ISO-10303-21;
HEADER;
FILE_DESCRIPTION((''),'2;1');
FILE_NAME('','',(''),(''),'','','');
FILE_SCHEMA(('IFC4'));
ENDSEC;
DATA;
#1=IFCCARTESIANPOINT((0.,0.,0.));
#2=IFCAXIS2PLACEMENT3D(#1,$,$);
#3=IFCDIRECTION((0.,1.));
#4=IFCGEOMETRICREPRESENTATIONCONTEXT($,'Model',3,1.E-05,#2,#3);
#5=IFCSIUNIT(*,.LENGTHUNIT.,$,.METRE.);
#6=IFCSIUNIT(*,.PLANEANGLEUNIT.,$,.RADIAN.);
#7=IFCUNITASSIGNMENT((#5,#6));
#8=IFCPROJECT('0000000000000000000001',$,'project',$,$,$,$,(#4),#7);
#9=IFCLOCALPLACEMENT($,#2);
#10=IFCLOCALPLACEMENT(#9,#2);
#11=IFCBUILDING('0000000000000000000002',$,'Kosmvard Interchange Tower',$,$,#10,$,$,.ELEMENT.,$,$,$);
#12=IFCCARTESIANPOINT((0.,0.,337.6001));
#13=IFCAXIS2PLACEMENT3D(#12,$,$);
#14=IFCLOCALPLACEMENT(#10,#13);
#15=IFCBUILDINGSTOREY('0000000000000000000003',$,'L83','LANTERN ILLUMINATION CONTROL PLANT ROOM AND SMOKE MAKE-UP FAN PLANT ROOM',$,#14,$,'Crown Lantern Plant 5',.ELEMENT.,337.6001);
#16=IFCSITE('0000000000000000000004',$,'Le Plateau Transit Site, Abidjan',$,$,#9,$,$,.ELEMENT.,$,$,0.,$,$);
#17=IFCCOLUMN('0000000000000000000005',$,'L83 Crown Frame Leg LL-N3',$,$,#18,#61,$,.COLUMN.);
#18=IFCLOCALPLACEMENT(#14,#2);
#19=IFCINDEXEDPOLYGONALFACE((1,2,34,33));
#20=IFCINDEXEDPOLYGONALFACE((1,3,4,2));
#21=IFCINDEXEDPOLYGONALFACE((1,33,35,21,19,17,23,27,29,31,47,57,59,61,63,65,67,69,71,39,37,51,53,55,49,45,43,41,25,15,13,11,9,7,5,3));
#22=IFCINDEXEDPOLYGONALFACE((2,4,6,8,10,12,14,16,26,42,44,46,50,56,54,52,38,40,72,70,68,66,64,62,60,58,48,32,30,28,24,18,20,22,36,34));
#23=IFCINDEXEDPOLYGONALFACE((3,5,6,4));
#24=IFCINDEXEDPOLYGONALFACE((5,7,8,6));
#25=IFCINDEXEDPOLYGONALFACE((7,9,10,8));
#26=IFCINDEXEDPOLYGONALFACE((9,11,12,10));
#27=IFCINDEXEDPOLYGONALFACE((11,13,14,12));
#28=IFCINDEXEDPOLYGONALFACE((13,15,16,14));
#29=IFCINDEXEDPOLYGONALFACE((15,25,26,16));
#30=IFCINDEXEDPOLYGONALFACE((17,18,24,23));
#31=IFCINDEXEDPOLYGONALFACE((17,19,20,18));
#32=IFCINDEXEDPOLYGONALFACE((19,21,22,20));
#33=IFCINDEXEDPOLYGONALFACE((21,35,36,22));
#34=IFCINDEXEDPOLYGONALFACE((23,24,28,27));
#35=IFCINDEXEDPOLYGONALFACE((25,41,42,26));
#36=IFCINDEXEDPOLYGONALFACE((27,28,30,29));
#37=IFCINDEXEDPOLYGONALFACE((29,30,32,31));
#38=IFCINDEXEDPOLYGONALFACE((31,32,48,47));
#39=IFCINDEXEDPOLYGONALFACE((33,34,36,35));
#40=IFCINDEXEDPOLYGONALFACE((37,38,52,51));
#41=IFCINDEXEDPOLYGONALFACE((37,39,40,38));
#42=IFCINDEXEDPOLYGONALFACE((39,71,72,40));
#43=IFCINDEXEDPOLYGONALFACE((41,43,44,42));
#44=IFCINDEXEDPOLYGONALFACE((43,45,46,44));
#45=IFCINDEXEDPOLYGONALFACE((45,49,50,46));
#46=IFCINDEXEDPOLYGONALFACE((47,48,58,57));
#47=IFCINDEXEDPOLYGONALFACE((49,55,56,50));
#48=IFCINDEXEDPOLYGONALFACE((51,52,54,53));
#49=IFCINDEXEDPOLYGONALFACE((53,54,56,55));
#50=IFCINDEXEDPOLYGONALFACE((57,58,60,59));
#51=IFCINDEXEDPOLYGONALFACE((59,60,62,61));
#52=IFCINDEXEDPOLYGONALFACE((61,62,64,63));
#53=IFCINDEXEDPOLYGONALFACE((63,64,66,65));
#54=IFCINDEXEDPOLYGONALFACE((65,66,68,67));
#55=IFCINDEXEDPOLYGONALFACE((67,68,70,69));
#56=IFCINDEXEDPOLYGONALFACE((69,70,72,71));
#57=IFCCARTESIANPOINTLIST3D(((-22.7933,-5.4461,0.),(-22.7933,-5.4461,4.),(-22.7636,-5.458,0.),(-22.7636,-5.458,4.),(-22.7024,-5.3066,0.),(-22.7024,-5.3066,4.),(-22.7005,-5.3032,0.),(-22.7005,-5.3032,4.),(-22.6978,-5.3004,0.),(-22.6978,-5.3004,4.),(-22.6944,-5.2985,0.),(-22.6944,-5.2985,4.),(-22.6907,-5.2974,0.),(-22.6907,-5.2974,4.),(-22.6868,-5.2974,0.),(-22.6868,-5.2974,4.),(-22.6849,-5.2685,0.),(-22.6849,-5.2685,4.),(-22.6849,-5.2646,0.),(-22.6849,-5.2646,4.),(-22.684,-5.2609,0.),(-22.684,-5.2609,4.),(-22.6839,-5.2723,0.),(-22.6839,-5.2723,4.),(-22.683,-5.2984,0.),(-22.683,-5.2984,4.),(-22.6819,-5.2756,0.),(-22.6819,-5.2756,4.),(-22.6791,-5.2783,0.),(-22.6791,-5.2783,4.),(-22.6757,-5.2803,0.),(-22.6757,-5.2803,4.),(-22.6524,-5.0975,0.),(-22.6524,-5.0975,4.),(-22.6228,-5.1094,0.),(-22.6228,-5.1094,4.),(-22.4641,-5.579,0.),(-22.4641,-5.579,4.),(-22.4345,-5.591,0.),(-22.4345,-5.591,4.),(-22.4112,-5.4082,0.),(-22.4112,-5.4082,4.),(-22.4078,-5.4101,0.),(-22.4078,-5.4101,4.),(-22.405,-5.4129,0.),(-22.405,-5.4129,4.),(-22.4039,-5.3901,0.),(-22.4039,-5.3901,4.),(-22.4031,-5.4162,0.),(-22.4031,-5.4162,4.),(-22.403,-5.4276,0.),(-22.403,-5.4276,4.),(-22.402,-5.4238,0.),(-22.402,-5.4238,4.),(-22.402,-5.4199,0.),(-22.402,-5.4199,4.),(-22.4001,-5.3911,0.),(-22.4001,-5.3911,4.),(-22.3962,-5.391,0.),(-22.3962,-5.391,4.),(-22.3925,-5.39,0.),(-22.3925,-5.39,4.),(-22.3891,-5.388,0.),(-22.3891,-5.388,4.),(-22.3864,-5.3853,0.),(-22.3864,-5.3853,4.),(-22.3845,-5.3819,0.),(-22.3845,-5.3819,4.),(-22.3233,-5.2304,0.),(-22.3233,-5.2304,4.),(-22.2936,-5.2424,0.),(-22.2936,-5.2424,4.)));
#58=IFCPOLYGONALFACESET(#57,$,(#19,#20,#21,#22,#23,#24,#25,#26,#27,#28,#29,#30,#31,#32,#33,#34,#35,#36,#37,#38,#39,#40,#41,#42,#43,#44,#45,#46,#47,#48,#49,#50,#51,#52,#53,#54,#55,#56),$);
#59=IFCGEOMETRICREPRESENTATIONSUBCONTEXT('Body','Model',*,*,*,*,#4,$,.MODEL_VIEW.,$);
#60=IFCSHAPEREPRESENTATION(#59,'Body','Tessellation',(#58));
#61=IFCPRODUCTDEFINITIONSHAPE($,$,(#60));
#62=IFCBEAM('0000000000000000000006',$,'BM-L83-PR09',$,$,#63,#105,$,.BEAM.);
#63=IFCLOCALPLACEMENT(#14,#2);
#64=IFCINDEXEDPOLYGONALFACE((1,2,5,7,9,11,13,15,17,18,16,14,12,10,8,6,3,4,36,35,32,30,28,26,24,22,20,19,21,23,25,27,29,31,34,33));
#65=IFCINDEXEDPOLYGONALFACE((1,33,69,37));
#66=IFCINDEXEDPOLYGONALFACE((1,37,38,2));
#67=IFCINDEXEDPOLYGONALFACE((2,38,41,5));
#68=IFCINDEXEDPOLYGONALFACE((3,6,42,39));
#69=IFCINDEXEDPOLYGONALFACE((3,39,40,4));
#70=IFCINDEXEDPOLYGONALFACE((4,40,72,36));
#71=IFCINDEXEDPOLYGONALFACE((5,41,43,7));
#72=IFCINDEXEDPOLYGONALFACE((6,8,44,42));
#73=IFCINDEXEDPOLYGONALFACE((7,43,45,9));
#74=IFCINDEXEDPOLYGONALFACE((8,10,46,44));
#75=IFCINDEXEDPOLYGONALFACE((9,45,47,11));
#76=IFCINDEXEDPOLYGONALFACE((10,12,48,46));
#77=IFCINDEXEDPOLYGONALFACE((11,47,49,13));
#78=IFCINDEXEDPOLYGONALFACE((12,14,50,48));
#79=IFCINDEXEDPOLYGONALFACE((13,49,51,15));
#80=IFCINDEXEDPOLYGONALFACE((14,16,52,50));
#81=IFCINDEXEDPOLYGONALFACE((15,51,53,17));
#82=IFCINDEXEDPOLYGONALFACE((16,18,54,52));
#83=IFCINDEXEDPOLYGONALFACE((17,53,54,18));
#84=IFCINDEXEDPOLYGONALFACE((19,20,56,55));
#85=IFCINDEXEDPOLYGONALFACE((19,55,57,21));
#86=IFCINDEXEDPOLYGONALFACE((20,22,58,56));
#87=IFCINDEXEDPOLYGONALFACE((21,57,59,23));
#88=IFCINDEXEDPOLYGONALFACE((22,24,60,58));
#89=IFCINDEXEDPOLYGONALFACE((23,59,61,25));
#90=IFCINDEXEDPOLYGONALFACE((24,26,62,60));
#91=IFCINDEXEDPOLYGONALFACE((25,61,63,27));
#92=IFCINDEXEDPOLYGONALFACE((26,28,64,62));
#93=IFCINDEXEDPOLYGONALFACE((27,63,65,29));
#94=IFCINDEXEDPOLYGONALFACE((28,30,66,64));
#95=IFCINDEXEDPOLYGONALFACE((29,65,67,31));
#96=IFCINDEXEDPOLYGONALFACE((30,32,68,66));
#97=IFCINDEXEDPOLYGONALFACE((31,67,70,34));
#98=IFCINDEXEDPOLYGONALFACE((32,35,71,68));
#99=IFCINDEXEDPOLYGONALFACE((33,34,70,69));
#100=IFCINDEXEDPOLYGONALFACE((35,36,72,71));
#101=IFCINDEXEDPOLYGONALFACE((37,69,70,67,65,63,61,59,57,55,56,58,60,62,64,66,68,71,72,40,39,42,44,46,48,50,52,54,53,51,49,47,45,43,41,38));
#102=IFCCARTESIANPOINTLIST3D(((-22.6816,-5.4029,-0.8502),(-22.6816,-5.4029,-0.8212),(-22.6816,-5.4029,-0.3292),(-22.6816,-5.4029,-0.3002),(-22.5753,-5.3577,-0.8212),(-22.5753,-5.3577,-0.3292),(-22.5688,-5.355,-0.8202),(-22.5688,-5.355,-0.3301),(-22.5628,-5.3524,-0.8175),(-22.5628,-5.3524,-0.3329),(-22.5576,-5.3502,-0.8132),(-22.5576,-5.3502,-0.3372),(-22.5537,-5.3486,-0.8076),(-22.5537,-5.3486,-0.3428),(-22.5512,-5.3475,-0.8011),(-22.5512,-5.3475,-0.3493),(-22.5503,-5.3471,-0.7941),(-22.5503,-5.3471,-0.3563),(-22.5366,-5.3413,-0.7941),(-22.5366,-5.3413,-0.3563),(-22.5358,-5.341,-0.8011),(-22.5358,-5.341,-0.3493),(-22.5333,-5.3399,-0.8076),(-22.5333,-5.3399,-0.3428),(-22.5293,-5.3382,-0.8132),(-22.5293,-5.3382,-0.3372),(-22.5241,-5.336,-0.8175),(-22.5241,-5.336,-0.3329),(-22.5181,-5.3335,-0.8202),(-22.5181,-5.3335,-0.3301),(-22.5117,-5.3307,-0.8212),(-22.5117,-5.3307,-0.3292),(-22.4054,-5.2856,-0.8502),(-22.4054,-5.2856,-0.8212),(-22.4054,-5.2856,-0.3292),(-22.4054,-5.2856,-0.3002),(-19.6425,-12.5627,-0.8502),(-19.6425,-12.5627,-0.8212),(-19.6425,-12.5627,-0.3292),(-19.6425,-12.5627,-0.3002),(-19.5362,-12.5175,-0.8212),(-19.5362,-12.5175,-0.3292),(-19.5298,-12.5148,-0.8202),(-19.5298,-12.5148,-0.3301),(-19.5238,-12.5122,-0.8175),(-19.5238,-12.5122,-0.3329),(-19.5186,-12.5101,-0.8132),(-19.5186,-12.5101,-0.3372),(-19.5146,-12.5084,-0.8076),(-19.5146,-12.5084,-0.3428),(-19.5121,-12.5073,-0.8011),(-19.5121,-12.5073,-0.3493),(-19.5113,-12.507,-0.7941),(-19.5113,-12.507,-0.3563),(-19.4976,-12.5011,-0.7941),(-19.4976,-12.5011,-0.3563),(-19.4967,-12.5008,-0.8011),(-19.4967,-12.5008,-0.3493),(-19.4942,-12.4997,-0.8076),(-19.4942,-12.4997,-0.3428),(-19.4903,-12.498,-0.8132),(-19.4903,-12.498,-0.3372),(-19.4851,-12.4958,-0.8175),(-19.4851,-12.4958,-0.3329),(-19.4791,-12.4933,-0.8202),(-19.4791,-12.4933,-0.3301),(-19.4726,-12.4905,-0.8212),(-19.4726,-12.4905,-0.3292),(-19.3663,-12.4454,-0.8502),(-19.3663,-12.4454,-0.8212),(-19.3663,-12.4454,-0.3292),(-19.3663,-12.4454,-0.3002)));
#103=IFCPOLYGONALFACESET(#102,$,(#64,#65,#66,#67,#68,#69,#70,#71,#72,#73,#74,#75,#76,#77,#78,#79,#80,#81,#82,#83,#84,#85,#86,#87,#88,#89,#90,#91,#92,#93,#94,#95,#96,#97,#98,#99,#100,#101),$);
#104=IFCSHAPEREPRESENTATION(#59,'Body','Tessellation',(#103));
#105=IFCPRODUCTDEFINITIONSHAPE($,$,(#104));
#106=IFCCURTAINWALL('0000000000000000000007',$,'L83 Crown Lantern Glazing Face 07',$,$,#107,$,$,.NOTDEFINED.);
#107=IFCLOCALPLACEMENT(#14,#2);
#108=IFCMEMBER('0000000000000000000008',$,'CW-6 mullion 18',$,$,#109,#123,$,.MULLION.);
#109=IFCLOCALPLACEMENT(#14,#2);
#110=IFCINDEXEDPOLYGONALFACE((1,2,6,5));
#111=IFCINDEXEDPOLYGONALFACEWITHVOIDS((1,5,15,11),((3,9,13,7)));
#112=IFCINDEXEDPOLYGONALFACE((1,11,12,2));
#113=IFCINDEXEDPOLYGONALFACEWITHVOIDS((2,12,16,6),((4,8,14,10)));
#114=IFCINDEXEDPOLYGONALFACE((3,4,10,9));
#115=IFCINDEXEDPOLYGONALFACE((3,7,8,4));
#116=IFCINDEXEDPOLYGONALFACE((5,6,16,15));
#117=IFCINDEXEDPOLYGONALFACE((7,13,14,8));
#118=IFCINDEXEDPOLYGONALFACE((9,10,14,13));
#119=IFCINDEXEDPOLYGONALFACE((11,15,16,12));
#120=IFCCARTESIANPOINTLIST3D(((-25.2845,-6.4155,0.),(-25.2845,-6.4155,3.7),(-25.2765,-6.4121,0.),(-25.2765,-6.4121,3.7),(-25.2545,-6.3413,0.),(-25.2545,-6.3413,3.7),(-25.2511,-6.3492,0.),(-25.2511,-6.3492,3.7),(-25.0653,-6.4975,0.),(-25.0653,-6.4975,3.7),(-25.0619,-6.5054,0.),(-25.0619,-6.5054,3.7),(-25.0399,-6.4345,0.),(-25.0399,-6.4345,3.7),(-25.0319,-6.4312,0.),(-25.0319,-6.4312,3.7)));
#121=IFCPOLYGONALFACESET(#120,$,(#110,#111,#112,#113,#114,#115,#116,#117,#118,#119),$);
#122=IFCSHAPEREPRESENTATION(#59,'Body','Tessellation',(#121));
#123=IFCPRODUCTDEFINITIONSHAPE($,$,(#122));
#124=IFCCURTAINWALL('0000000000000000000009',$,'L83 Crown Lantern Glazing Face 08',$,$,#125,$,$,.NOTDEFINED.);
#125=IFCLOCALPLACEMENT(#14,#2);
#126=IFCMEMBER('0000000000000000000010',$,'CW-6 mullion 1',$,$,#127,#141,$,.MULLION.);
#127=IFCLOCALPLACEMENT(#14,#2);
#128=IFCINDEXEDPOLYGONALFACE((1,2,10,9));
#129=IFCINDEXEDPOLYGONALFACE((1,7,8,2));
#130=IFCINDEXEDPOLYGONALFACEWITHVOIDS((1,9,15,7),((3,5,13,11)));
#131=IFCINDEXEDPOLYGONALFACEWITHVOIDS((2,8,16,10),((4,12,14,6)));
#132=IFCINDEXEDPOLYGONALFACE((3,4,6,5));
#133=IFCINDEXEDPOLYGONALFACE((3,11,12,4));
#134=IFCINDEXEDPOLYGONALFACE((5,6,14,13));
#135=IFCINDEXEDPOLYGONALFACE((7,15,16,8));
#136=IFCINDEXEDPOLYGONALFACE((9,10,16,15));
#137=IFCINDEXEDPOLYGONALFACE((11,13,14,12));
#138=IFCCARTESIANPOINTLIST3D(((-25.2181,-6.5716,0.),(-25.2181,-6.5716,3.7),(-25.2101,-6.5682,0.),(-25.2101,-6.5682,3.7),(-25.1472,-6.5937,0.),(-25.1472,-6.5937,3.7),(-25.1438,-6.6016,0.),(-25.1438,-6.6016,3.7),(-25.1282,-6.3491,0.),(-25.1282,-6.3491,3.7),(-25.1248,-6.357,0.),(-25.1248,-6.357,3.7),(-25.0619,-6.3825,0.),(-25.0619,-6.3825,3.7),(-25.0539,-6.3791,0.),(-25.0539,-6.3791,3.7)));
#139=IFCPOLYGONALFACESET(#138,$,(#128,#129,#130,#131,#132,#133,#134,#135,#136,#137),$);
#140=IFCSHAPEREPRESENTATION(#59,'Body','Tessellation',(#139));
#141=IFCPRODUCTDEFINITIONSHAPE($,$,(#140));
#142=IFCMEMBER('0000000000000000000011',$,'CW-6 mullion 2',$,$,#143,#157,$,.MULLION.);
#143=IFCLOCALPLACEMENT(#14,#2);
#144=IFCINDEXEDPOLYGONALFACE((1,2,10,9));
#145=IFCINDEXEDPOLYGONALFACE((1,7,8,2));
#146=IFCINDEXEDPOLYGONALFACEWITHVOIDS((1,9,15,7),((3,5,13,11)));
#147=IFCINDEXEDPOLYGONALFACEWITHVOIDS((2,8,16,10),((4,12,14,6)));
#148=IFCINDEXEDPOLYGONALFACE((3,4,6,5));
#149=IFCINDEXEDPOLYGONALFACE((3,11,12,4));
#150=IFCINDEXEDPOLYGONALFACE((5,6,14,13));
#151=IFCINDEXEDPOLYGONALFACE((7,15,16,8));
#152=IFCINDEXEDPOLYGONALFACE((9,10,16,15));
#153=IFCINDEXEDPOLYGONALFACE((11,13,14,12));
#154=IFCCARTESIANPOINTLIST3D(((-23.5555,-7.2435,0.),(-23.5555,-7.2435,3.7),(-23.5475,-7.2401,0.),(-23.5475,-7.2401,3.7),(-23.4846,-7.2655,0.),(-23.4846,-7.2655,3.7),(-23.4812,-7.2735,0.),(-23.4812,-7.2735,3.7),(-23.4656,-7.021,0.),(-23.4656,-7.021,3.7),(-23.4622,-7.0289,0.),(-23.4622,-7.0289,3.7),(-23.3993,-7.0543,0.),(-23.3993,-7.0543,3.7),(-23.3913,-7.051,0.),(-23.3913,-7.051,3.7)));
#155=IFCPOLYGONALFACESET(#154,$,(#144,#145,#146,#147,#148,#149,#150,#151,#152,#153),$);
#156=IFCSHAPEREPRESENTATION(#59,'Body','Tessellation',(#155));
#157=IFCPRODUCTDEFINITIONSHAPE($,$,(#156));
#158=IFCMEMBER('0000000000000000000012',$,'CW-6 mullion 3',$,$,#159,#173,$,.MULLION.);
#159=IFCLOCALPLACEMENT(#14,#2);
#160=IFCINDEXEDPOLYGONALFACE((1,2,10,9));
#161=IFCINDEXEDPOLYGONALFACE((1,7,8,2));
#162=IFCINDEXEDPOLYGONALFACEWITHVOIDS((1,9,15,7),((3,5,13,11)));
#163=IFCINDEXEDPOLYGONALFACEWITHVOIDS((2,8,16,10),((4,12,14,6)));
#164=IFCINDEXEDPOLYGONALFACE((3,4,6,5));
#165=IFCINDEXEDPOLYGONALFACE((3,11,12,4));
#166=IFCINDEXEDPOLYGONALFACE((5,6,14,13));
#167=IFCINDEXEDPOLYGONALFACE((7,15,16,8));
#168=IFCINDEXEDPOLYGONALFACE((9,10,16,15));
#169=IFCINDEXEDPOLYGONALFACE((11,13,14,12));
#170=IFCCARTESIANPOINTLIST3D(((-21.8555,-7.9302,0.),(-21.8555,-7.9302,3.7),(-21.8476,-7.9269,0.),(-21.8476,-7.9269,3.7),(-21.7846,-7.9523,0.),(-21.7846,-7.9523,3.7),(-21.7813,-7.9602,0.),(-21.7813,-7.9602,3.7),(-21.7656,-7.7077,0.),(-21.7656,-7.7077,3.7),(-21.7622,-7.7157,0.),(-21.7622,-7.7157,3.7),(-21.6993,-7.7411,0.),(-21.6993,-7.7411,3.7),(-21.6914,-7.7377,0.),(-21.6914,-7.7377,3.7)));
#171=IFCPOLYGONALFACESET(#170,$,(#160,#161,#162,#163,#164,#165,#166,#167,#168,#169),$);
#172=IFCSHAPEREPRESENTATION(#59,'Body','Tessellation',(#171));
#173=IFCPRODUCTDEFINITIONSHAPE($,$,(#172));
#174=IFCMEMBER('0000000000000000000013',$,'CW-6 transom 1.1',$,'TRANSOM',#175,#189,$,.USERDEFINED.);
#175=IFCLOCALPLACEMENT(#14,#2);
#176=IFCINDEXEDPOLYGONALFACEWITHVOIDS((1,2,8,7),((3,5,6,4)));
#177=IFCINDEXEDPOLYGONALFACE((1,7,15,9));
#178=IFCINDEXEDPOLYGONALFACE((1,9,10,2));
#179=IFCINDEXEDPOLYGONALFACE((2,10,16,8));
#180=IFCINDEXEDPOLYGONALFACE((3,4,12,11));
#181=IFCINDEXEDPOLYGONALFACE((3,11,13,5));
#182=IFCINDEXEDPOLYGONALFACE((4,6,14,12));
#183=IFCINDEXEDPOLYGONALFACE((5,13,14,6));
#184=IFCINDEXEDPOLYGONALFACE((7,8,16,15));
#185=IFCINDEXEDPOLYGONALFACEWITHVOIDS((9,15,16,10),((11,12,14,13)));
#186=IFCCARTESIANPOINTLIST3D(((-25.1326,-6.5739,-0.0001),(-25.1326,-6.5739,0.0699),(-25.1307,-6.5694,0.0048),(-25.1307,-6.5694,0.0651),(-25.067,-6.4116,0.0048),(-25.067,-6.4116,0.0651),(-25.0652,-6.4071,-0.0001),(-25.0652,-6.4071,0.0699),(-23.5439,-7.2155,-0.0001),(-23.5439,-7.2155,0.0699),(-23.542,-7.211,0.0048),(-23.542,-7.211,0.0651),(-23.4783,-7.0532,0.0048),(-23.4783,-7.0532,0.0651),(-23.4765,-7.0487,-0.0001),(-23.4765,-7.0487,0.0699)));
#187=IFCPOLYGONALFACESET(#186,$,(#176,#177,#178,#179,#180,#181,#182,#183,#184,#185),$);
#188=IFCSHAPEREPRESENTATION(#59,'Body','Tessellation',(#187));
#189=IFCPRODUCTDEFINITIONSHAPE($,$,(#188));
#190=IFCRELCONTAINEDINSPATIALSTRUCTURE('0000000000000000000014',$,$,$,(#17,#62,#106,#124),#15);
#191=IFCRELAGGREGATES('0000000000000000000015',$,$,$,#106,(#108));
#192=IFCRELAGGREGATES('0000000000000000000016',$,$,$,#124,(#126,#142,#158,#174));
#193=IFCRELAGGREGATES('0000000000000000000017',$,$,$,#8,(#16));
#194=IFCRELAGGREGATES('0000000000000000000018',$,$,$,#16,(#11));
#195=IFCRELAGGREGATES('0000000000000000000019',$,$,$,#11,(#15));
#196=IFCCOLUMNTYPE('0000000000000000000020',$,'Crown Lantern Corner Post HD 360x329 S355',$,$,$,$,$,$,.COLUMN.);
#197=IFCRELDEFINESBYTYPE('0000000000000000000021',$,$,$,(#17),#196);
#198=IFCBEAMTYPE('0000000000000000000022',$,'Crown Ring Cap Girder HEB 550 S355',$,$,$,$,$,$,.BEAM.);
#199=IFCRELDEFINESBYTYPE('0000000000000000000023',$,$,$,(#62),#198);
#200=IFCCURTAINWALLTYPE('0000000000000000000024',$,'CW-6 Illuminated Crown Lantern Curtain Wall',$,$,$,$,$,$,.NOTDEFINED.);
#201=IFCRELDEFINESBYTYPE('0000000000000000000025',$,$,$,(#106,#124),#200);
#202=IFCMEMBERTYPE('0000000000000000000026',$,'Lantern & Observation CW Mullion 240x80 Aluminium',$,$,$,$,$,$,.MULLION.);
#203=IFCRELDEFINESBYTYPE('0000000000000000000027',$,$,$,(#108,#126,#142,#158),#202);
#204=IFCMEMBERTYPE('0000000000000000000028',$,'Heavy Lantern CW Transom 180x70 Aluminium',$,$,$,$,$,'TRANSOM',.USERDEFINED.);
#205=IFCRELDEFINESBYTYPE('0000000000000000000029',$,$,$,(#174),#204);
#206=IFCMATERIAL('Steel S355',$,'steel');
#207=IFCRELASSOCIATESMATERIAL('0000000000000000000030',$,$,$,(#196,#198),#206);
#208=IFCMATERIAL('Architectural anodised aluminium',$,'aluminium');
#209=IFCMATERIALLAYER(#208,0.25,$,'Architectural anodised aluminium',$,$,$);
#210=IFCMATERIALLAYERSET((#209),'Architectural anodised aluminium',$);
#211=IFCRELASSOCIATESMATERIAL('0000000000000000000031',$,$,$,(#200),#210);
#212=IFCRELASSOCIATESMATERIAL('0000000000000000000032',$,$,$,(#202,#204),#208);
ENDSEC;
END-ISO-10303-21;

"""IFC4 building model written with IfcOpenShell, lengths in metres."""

from ifc_helpers import new_model, si_unit, direction, frame, origin, origin_2d, place, context, subcontext, project, spatial, hollow_rectangle, i_section, extrude, source, transform, mapped, material, layer, layer_set, material_profile, profile_set, type_object, element, aggregate, save


model = new_model("IFC4")

# Units and contexts
model_context = context("Model", 3, precision=1e-05, world=origin(), true_north=direction((0.0, 1.0)))
body_context = subcontext(model_context, "Body", "Model", "MODEL_VIEW")
ifc_project = project(units=[si_unit("LENGTHUNIT", "METRE"), si_unit("PLANEANGLEUNIT", "RADIAN")], contexts=[model_context])

# Site, building, storey
site_placement = place(None, origin())
site = spatial("IfcSite", under=ifc_project, at=site_placement, Name="Le Plateau Transit Site, Abidjan", CompositionType="ELEMENT", RefElevation=0.0)
building_placement = place(site_placement, origin())
building = spatial("IfcBuilding", under=site, at=building_placement, Name="Kosmvard Interchange Tower", CompositionType="ELEMENT")
storey_placement = place(building_placement, frame((0.0, 0.0, 337.6001)))
storey = spatial("IfcBuildingStorey", under=building, at=storey_placement, Name="L83", Description="LANTERN ILLUMINATION CONTROL PLANT ROOM AND SMOKE MAKE-UP FAN PLANT ROOM", LongName="Crown Lantern Plant 5", CompositionType="ELEMENT", Elevation=337.6001)

# Column
ifc_material_1 = material(Name="Steel S355", Category="steel")
ifc_material_profile_1 = material_profile(ifc_material_1, i_section(OverallWidth=0.376, OverallDepth=0.387, WebThickness=0.0195, FlangeThickness=0.032, FilletRadius=0.0149, at=origin_2d()), Name="HD 360x329")
ifc_profile_set_1 = profile_set([ifc_material_profile_1], Name="Steel S355")
column_type = type_object("IfcColumnType", Name="Crown Lantern Corner Post HD 360x329 S355", PredefinedType="COLUMN", material=ifc_profile_set_1)
shared_shape_1 = source(origin(), body_context, "Body", "SweptSolid", [
    extrude(i_section(OverallWidth=0.376, OverallDepth=0.387, WebThickness=0.0195, FlangeThickness=0.032, FilletRadius=0.0149, at=origin_2d()), origin(), (0.0, 0.0, 1.0), 4.0),
])
column_placement = place(storey_placement, frame((-22.5435, -5.3442, 0.0), z_axis=(0.0, 0.0, 1.0), x_axis=(0.374607, 0.927184, 0.0)))
element("IfcColumn", 1, at=column_placement, inside=storey, type_object=column_type, Name="L83 Crown Frame Leg LL-N3", PredefinedType="COLUMN", context=body_context, shape_type="MappedRepresentation", body=[
    mapped(shared_shape_1, transform((0.0, 0.0, 0.0), scale=1.0)),
])

# Beam
ifc_material_profile_2 = material_profile(ifc_material_1, i_section(OverallWidth=0.3, OverallDepth=0.55, WebThickness=0.0149, FlangeThickness=0.0291, FilletRadius=0.0271, at=origin_2d()), Name="HEB 550")
ifc_profile_set_2 = profile_set([ifc_material_profile_2], Name="Steel S355")
beam_type = type_object("IfcBeamType", Name="Crown Ring Cap Girder HEB 550 S355", PredefinedType="BEAM", material=ifc_profile_set_2)
shared_shape_2 = source(origin(), body_context, "Body", "SweptSolid", [
    extrude(i_section(OverallWidth=0.3, OverallDepth=0.55, WebThickness=0.0149, FlangeThickness=0.0291, FilletRadius=0.0271, at=origin_2d()), origin(), (0.0, 0.0, 1.0), 7.7781),
])
beam_placement = place(storey_placement, frame((-22.5435, -5.3442, -0.5752), z_axis=(0.390716, -0.920511, 0.0), x_axis=(0.920511, 0.390716, 0.0)))
element("IfcBeam", 2, at=beam_placement, inside=storey, type_object=beam_type, Name="BM-L83-PR09", PredefinedType="BEAM", context=body_context, shape_type="MappedRepresentation", body=[
    mapped(shared_shape_2, transform((0.0, 0.0, 0.0), scale=1.0)),
])

# Curtain wall, member
ifc_material_2 = material(Name="Architectural anodised aluminium", Category="aluminium")
ifc_layer_1 = layer(ifc_material_2, 0.25, Name="Architectural anodised aluminium")
ifc_layer_set_1 = layer_set([ifc_layer_1], Name="Architectural anodised aluminium")
curtain_wall_type = type_object("IfcCurtainWallType", Name="CW-6 Illuminated Crown Lantern Curtain Wall", PredefinedType="NOTDEFINED", material=ifc_layer_set_1)
curtain_wall_1_placement = place(storey_placement, origin())
curtain_wall_1 = element("IfcCurtainWall", 3, at=curtain_wall_1_placement, inside=storey, type_object=curtain_wall_type, Name="L83 Crown Lantern Glazing Face 07", PredefinedType="NOTDEFINED")
ifc_material_profile_3 = material_profile(ifc_material_2, hollow_rectangle(XDim=0.24, YDim=0.0801, WallThickness=0.0061, at=origin_2d()), Name="CWM 240x80x6")
ifc_profile_set_3 = profile_set([ifc_material_profile_3], Name="Architectural anodised aluminium")
member_type_1 = type_object("IfcMemberType", Name="Lantern & Observation CW Mullion 240x80 Aluminium", PredefinedType="MULLION", material=ifc_profile_set_3)
shared_shape_3 = source(origin(), body_context, "Body", "SweptSolid", [
    extrude(hollow_rectangle(XDim=0.24, YDim=0.0801, WallThickness=0.0061, at=origin_2d()), origin(), (0.0, 0.0, 1.0), 3.7),
])
member_1_placement = place(storey_placement, frame((-25.1582, -6.4233, 0.0), z_axis=(0.0, 0.0, 1.0), x_axis=(0.927184, -0.374607, 0.0)))
member_1 = element("IfcMember", 4, at=member_1_placement, type_object=member_type_1, Name="CW-6 mullion 18", PredefinedType="MULLION", context=body_context, shape_type="MappedRepresentation", body=[
    mapped(shared_shape_3, transform((0.0, 0.0, 0.0), scale=1.0)),
])

# Curtain wall, members
curtain_wall_2_placement = place(storey_placement, origin())
curtain_wall_2 = element("IfcCurtainWall", 5, at=curtain_wall_2_placement, inside=storey, type_object=curtain_wall_type, Name="L83 Crown Lantern Glazing Face 08", PredefinedType="NOTDEFINED")
member_2_placement = place(storey_placement, frame((-25.136, -6.4753, 0.0), z_axis=(0.0, 0.0, 1.0), x_axis=(0.374607, 0.927184, 0.0)))
member_2 = element("IfcMember", 6, at=member_2_placement, type_object=member_type_1, Name="CW-6 mullion 1", PredefinedType="MULLION", context=body_context, shape_type="MappedRepresentation", body=[
    mapped(shared_shape_3, transform((0.0, 0.0, 0.0), scale=1.0)),
])
member_3_placement = place(storey_placement, frame((-23.4734, -7.1472, 0.0), z_axis=(0.0, 0.0, 1.0), x_axis=(0.374607, 0.927184, 0.0)))
member_3 = element("IfcMember", 7, at=member_3_placement, type_object=member_type_1, Name="CW-6 mullion 2", PredefinedType="MULLION", context=body_context, shape_type="MappedRepresentation", body=[
    mapped(shared_shape_3, transform((0.0, 0.0, 0.0), scale=1.0)),
])
member_4_placement = place(storey_placement, frame((-21.7734, -7.834, 0.0), z_axis=(0.0, 0.0, 1.0), x_axis=(0.374607, 0.927184, 0.0)))
member_4 = element("IfcMember", 8, at=member_4_placement, type_object=member_type_1, Name="CW-6 mullion 3", PredefinedType="MULLION", context=body_context, shape_type="MappedRepresentation", body=[
    mapped(shared_shape_3, transform((0.0, 0.0, 0.0), scale=1.0)),
])
ifc_material_profile_4 = material_profile(ifc_material_2, hollow_rectangle(XDim=0.1799, YDim=0.0701, WallThickness=0.0049, at=origin_2d()), Name="CWT 180x70x5")
ifc_profile_set_4 = profile_set([ifc_material_profile_4], Name="Architectural anodised aluminium")
member_type_2 = type_object("IfcMemberType", Name="Heavy Lantern CW Transom 180x70 Aluminium", ElementType="TRANSOM", PredefinedType="USERDEFINED", material=ifc_profile_set_4)
shared_shape_4 = source(origin(), body_context, "Body", "SweptSolid", [
    extrude(hollow_rectangle(XDim=0.1799, YDim=0.0701, WallThickness=0.0049, at=origin_2d()), origin(), (0.0, 0.0, 1.0), 1.7134),
])
member_5_placement = place(storey_placement, frame((-25.0989, -6.4905, 0.0349), z_axis=(0.927233, -0.374484, 0.0), x_axis=(0.374484, 0.927233, 0.0)))
member_5 = element("IfcMember", 9, at=member_5_placement, type_object=member_type_2, Name="CW-6 transom 1.1", ObjectType="TRANSOM", PredefinedType="USERDEFINED", context=body_context, shape_type="MappedRepresentation", body=[
    mapped(shared_shape_4, transform((0.0, 0.0, 0.0), scale=1.0)),
])

aggregate(curtain_wall_1, [member_1])
aggregate(curtain_wall_2, [member_2, member_3, member_4, member_5])

save(model, "model.ifc")
